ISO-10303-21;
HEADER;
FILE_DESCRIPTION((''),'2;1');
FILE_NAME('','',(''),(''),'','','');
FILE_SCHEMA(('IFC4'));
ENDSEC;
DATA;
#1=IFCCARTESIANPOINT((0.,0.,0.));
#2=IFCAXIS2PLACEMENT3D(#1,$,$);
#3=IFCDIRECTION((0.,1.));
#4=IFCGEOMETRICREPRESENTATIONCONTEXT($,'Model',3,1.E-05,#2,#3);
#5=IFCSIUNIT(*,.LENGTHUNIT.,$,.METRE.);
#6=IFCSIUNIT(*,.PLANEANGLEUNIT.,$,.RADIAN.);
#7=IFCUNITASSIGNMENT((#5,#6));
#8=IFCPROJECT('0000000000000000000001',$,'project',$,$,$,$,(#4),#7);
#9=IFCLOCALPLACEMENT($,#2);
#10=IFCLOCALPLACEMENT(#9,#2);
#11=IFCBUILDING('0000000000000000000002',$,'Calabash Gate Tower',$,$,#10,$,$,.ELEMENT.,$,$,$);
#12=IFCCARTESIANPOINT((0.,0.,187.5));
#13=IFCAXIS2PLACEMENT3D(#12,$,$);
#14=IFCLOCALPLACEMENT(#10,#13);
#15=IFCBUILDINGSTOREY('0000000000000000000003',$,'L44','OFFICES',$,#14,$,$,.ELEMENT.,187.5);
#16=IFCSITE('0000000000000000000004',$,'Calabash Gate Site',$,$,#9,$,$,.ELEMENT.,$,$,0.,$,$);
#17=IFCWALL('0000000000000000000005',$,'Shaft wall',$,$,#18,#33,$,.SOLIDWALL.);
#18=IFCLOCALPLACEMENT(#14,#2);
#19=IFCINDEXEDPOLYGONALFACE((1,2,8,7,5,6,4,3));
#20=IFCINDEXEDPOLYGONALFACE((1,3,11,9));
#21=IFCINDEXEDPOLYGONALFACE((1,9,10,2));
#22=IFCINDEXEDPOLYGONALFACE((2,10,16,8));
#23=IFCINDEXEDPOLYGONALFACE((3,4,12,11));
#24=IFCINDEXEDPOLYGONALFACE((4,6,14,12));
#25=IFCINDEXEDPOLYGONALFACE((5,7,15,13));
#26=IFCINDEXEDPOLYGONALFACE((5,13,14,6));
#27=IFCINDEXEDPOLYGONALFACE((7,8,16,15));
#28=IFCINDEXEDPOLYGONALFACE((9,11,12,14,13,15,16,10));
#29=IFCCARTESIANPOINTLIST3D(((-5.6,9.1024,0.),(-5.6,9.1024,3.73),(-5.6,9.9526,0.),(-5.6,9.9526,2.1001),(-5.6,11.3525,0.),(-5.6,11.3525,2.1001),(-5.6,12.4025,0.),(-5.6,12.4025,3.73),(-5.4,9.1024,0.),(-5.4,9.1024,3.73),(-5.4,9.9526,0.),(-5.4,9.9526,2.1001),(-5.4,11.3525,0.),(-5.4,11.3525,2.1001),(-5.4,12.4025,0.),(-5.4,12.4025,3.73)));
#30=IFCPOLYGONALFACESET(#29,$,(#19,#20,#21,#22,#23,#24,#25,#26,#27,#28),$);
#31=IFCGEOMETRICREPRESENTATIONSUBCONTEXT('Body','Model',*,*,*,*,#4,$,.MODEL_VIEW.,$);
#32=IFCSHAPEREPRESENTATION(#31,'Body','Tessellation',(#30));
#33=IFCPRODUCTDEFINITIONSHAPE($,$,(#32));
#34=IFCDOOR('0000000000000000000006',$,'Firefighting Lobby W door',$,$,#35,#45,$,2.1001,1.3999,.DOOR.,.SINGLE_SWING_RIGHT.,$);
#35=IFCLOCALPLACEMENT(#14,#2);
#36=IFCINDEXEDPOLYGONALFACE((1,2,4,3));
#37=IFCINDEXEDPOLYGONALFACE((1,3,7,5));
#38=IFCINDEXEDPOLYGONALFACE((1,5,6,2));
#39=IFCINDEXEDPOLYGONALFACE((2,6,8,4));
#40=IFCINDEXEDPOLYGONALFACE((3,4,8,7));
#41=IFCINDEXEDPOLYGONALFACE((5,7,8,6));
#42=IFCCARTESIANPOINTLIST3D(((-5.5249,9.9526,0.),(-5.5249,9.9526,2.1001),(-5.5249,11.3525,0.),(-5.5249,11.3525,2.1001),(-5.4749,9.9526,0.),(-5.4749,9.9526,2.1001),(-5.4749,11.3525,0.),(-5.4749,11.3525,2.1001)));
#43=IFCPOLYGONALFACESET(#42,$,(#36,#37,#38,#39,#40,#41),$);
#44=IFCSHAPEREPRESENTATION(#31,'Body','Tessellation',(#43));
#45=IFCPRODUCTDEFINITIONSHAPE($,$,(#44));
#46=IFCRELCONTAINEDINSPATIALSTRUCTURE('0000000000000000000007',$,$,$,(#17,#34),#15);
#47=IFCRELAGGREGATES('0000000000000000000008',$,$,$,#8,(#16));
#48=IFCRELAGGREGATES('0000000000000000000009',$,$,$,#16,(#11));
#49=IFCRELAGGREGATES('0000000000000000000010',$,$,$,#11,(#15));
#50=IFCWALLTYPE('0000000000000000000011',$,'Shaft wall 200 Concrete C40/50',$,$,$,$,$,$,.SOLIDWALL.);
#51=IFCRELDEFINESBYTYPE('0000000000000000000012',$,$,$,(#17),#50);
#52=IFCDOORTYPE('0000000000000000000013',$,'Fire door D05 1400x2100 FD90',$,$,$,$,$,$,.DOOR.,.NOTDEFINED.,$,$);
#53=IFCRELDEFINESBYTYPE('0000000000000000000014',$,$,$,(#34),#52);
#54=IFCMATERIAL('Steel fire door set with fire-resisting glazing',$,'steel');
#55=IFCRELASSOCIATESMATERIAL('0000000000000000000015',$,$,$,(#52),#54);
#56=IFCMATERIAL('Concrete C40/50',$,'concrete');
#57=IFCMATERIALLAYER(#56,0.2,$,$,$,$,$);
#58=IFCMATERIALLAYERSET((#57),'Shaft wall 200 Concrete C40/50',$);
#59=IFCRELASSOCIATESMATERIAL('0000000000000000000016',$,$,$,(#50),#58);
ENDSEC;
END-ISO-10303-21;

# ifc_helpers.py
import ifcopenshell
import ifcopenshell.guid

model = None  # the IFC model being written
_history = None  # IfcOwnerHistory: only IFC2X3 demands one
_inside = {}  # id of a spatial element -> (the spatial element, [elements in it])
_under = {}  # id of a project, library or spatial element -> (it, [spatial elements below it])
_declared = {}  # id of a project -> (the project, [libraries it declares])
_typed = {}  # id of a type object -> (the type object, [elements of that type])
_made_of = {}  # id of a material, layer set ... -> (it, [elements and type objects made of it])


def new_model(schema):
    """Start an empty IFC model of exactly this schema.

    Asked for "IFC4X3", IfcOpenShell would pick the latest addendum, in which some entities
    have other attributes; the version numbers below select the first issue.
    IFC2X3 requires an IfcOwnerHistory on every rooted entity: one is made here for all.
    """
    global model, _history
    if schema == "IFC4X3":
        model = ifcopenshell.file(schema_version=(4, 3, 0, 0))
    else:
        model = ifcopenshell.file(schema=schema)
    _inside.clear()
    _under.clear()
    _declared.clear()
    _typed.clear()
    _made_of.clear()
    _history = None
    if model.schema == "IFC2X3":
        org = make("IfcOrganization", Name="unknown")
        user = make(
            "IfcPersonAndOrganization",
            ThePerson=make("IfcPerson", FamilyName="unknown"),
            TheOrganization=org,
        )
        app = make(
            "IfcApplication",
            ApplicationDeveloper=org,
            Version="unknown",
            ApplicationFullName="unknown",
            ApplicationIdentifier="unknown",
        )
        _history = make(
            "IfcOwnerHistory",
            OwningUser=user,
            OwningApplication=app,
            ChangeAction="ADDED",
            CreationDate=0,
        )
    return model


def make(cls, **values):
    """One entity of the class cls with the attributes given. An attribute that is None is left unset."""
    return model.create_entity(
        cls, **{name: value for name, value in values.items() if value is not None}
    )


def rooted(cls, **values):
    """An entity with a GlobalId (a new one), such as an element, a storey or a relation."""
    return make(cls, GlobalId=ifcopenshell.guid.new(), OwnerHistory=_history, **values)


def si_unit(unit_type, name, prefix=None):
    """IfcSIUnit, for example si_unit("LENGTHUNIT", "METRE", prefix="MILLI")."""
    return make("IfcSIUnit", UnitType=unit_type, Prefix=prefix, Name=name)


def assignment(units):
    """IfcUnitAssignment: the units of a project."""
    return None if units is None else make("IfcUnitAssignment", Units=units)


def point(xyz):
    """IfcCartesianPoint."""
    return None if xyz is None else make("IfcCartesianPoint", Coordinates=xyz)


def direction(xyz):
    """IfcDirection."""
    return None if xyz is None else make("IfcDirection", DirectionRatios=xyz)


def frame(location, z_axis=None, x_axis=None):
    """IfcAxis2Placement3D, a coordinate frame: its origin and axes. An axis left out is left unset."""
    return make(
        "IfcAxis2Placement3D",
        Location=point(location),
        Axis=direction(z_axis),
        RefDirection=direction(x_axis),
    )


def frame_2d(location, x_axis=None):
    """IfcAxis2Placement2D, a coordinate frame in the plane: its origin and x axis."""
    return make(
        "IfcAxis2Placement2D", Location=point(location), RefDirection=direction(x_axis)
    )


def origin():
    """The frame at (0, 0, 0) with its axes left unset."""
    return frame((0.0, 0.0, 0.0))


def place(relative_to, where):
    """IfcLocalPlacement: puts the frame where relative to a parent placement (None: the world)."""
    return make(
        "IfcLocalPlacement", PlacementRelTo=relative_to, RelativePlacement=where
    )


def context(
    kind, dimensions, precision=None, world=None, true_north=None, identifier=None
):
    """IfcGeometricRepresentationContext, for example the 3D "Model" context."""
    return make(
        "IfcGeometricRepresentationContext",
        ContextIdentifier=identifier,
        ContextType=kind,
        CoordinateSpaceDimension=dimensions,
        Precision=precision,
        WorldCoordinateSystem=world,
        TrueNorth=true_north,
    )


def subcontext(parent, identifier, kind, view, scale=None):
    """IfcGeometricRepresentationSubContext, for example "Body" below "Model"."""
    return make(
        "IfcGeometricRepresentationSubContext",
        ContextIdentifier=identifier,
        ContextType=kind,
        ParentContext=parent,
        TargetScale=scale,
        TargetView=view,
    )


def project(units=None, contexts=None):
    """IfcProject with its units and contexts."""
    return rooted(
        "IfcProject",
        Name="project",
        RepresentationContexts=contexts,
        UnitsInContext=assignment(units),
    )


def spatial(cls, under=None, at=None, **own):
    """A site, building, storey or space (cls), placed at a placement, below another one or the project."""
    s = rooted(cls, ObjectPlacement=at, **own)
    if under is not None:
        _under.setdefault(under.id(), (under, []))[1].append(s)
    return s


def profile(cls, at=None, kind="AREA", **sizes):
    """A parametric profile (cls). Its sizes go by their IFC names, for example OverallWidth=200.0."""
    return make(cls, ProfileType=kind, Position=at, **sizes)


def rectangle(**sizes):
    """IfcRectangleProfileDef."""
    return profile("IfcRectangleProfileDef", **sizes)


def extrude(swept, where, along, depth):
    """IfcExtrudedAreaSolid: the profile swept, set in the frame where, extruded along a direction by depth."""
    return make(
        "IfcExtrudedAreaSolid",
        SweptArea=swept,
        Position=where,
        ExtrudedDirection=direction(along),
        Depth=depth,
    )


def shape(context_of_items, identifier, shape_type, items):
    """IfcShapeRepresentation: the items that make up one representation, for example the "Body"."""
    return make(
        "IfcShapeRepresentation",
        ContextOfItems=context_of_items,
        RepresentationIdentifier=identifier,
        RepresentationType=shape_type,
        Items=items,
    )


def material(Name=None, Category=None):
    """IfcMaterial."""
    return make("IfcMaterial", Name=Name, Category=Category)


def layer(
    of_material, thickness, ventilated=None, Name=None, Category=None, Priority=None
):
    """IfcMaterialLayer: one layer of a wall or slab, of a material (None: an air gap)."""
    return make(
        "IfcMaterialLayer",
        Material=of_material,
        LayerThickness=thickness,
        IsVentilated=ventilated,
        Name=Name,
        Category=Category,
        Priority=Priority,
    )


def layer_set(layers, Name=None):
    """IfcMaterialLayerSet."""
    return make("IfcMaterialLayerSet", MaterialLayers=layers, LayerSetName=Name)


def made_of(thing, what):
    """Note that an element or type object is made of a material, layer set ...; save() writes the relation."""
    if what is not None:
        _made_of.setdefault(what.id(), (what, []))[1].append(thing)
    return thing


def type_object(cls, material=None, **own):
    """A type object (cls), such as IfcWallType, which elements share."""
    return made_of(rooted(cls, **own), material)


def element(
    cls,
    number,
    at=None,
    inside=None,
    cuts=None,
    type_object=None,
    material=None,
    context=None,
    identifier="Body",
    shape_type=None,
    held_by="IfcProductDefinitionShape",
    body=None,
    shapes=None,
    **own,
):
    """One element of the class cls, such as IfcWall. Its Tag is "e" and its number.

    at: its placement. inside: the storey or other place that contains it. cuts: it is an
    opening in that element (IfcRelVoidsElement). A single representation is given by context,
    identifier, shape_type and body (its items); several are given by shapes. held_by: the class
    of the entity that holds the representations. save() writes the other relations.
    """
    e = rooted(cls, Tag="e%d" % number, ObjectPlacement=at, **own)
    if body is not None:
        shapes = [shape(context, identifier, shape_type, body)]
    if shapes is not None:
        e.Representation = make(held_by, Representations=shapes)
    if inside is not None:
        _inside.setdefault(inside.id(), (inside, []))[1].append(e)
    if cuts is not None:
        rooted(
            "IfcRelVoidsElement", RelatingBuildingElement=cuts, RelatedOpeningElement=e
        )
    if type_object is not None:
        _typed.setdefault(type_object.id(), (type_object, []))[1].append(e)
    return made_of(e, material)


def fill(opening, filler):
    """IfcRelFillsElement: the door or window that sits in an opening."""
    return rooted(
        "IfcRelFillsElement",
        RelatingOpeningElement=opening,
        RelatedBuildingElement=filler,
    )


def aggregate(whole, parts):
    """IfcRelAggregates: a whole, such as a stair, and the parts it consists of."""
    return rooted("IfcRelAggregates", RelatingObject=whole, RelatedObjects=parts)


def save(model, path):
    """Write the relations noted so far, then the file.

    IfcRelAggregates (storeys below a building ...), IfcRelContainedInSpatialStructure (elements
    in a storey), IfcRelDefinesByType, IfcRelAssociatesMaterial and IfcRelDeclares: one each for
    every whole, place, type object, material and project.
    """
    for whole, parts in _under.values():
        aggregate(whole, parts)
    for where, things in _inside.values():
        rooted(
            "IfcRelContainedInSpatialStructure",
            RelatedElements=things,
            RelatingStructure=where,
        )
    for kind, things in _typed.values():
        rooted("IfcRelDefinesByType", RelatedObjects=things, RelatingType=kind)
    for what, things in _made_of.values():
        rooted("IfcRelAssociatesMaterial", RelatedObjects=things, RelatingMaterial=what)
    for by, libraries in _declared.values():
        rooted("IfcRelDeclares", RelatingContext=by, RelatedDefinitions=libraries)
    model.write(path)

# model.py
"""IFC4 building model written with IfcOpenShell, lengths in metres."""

from ifc_helpers import new_model, si_unit, direction, frame, frame_2d, origin, place, context, subcontext, project, spatial, rectangle, extrude, material, layer, layer_set, type_object, element, fill, save


model = new_model("IFC4")

# Units and contexts
model_context = context("Model", 3, precision=1e-05, world=origin(), true_north=direction((0.0, 1.0)))
body_context = subcontext(model_context, "Body", "Model", "MODEL_VIEW")
ifc_project = project(units=[si_unit("LENGTHUNIT", "METRE"), si_unit("PLANEANGLEUNIT", "RADIAN")], contexts=[model_context])

# Site, building, storey
site_placement = place(None, origin())
site = spatial("IfcSite", under=ifc_project, at=site_placement, Name="Calabash Gate Site", CompositionType="ELEMENT", RefElevation=0.0)
building_placement = place(site_placement, origin())
building = spatial("IfcBuilding", under=site, at=building_placement, Name="Calabash Gate Tower", CompositionType="ELEMENT")
storey_placement = place(building_placement, frame((0.0, 0.0, 187.5)))
storey = spatial("IfcBuildingStorey", under=building, at=storey_placement, Name="L44", Description="OFFICES", CompositionType="ELEMENT", Elevation=187.5)

# Shared definitions
ifc_material_1 = material(Name="Steel fire door set with fire-resisting glazing", Category="steel")
door_type_1 = type_object("IfcDoorType", Name="Fire door D05 1400x2100 FD90", OperationType="NOTDEFINED", PredefinedType="DOOR", material=ifc_material_1)

# Shared definitions
ifc_material_2 = material(Name="Concrete C40/50", Category="concrete")
ifc_layer_1 = layer(ifc_material_2, 0.2)
ifc_layer_set_1 = layer_set([ifc_layer_1], Name="Shaft wall 200 Concrete C40/50")
wall_type_1 = type_object("IfcWallType", Name="Shaft wall 200 Concrete C40/50", PredefinedType="SOLIDWALL", material=ifc_layer_set_1)

# Wall, opening, door
wall_1_placement = place(storey_placement, frame((-5.5, 9.1025, 0.0), z_axis=(0.0, 0.0, 1.0), x_axis=(0.0, 1.0, 0.0)))
wall_1 = element("IfcWall", 1, at=wall_1_placement, inside=storey, type_object=wall_type_1, Name="Shaft wall", PredefinedType="SOLIDWALL", context=body_context, shape_type="SweptSolid", body=[
    extrude(rectangle(XDim=3.3, YDim=0.2, at=frame_2d((1.6499, 0.0))), origin(), (0.0, 0.0, 1.0), 3.73),
])
opening_1_placement = place(wall_1_placement, frame((0.8501, 0.0, 0.0)))
opening_1 = element("IfcOpeningElement", 2, at=opening_1_placement, cuts=wall_1, PredefinedType="OPENING", context=body_context, shape_type="SweptSolid", body=[
    extrude(rectangle(XDim=1.3999, YDim=2.1001, at=frame_2d((0.7, 1.05))), frame((0.0, 0.1099, 0.0), z_axis=(0.0, -1.0, 0.0), x_axis=(1.0, 0.0, 0.0)), (0.0, 0.0, 1.0), 0.22),
])
door_1_placement = place(opening_1_placement, origin())
door_1 = element("IfcDoor", 3, at=door_1_placement, inside=storey, type_object=door_type_1, Name="Firefighting Lobby W door", OperationType="SINGLE_SWING_RIGHT", OverallHeight=2.1001, OverallWidth=1.3999, PredefinedType="DOOR", context=body_context, shape_type="SweptSolid", body=[
    extrude(rectangle(XDim=1.3999, YDim=2.1001, at=frame_2d((0.7, 1.05))), frame((0.0, 0.0249, 0.0), z_axis=(0.0, -1.0, 0.0), x_axis=(1.0, 0.0, 0.0)), (0.0, 0.0, 1.0), 0.05),
])
fill(opening_1, door_1)

save(model, "model.ifc")
